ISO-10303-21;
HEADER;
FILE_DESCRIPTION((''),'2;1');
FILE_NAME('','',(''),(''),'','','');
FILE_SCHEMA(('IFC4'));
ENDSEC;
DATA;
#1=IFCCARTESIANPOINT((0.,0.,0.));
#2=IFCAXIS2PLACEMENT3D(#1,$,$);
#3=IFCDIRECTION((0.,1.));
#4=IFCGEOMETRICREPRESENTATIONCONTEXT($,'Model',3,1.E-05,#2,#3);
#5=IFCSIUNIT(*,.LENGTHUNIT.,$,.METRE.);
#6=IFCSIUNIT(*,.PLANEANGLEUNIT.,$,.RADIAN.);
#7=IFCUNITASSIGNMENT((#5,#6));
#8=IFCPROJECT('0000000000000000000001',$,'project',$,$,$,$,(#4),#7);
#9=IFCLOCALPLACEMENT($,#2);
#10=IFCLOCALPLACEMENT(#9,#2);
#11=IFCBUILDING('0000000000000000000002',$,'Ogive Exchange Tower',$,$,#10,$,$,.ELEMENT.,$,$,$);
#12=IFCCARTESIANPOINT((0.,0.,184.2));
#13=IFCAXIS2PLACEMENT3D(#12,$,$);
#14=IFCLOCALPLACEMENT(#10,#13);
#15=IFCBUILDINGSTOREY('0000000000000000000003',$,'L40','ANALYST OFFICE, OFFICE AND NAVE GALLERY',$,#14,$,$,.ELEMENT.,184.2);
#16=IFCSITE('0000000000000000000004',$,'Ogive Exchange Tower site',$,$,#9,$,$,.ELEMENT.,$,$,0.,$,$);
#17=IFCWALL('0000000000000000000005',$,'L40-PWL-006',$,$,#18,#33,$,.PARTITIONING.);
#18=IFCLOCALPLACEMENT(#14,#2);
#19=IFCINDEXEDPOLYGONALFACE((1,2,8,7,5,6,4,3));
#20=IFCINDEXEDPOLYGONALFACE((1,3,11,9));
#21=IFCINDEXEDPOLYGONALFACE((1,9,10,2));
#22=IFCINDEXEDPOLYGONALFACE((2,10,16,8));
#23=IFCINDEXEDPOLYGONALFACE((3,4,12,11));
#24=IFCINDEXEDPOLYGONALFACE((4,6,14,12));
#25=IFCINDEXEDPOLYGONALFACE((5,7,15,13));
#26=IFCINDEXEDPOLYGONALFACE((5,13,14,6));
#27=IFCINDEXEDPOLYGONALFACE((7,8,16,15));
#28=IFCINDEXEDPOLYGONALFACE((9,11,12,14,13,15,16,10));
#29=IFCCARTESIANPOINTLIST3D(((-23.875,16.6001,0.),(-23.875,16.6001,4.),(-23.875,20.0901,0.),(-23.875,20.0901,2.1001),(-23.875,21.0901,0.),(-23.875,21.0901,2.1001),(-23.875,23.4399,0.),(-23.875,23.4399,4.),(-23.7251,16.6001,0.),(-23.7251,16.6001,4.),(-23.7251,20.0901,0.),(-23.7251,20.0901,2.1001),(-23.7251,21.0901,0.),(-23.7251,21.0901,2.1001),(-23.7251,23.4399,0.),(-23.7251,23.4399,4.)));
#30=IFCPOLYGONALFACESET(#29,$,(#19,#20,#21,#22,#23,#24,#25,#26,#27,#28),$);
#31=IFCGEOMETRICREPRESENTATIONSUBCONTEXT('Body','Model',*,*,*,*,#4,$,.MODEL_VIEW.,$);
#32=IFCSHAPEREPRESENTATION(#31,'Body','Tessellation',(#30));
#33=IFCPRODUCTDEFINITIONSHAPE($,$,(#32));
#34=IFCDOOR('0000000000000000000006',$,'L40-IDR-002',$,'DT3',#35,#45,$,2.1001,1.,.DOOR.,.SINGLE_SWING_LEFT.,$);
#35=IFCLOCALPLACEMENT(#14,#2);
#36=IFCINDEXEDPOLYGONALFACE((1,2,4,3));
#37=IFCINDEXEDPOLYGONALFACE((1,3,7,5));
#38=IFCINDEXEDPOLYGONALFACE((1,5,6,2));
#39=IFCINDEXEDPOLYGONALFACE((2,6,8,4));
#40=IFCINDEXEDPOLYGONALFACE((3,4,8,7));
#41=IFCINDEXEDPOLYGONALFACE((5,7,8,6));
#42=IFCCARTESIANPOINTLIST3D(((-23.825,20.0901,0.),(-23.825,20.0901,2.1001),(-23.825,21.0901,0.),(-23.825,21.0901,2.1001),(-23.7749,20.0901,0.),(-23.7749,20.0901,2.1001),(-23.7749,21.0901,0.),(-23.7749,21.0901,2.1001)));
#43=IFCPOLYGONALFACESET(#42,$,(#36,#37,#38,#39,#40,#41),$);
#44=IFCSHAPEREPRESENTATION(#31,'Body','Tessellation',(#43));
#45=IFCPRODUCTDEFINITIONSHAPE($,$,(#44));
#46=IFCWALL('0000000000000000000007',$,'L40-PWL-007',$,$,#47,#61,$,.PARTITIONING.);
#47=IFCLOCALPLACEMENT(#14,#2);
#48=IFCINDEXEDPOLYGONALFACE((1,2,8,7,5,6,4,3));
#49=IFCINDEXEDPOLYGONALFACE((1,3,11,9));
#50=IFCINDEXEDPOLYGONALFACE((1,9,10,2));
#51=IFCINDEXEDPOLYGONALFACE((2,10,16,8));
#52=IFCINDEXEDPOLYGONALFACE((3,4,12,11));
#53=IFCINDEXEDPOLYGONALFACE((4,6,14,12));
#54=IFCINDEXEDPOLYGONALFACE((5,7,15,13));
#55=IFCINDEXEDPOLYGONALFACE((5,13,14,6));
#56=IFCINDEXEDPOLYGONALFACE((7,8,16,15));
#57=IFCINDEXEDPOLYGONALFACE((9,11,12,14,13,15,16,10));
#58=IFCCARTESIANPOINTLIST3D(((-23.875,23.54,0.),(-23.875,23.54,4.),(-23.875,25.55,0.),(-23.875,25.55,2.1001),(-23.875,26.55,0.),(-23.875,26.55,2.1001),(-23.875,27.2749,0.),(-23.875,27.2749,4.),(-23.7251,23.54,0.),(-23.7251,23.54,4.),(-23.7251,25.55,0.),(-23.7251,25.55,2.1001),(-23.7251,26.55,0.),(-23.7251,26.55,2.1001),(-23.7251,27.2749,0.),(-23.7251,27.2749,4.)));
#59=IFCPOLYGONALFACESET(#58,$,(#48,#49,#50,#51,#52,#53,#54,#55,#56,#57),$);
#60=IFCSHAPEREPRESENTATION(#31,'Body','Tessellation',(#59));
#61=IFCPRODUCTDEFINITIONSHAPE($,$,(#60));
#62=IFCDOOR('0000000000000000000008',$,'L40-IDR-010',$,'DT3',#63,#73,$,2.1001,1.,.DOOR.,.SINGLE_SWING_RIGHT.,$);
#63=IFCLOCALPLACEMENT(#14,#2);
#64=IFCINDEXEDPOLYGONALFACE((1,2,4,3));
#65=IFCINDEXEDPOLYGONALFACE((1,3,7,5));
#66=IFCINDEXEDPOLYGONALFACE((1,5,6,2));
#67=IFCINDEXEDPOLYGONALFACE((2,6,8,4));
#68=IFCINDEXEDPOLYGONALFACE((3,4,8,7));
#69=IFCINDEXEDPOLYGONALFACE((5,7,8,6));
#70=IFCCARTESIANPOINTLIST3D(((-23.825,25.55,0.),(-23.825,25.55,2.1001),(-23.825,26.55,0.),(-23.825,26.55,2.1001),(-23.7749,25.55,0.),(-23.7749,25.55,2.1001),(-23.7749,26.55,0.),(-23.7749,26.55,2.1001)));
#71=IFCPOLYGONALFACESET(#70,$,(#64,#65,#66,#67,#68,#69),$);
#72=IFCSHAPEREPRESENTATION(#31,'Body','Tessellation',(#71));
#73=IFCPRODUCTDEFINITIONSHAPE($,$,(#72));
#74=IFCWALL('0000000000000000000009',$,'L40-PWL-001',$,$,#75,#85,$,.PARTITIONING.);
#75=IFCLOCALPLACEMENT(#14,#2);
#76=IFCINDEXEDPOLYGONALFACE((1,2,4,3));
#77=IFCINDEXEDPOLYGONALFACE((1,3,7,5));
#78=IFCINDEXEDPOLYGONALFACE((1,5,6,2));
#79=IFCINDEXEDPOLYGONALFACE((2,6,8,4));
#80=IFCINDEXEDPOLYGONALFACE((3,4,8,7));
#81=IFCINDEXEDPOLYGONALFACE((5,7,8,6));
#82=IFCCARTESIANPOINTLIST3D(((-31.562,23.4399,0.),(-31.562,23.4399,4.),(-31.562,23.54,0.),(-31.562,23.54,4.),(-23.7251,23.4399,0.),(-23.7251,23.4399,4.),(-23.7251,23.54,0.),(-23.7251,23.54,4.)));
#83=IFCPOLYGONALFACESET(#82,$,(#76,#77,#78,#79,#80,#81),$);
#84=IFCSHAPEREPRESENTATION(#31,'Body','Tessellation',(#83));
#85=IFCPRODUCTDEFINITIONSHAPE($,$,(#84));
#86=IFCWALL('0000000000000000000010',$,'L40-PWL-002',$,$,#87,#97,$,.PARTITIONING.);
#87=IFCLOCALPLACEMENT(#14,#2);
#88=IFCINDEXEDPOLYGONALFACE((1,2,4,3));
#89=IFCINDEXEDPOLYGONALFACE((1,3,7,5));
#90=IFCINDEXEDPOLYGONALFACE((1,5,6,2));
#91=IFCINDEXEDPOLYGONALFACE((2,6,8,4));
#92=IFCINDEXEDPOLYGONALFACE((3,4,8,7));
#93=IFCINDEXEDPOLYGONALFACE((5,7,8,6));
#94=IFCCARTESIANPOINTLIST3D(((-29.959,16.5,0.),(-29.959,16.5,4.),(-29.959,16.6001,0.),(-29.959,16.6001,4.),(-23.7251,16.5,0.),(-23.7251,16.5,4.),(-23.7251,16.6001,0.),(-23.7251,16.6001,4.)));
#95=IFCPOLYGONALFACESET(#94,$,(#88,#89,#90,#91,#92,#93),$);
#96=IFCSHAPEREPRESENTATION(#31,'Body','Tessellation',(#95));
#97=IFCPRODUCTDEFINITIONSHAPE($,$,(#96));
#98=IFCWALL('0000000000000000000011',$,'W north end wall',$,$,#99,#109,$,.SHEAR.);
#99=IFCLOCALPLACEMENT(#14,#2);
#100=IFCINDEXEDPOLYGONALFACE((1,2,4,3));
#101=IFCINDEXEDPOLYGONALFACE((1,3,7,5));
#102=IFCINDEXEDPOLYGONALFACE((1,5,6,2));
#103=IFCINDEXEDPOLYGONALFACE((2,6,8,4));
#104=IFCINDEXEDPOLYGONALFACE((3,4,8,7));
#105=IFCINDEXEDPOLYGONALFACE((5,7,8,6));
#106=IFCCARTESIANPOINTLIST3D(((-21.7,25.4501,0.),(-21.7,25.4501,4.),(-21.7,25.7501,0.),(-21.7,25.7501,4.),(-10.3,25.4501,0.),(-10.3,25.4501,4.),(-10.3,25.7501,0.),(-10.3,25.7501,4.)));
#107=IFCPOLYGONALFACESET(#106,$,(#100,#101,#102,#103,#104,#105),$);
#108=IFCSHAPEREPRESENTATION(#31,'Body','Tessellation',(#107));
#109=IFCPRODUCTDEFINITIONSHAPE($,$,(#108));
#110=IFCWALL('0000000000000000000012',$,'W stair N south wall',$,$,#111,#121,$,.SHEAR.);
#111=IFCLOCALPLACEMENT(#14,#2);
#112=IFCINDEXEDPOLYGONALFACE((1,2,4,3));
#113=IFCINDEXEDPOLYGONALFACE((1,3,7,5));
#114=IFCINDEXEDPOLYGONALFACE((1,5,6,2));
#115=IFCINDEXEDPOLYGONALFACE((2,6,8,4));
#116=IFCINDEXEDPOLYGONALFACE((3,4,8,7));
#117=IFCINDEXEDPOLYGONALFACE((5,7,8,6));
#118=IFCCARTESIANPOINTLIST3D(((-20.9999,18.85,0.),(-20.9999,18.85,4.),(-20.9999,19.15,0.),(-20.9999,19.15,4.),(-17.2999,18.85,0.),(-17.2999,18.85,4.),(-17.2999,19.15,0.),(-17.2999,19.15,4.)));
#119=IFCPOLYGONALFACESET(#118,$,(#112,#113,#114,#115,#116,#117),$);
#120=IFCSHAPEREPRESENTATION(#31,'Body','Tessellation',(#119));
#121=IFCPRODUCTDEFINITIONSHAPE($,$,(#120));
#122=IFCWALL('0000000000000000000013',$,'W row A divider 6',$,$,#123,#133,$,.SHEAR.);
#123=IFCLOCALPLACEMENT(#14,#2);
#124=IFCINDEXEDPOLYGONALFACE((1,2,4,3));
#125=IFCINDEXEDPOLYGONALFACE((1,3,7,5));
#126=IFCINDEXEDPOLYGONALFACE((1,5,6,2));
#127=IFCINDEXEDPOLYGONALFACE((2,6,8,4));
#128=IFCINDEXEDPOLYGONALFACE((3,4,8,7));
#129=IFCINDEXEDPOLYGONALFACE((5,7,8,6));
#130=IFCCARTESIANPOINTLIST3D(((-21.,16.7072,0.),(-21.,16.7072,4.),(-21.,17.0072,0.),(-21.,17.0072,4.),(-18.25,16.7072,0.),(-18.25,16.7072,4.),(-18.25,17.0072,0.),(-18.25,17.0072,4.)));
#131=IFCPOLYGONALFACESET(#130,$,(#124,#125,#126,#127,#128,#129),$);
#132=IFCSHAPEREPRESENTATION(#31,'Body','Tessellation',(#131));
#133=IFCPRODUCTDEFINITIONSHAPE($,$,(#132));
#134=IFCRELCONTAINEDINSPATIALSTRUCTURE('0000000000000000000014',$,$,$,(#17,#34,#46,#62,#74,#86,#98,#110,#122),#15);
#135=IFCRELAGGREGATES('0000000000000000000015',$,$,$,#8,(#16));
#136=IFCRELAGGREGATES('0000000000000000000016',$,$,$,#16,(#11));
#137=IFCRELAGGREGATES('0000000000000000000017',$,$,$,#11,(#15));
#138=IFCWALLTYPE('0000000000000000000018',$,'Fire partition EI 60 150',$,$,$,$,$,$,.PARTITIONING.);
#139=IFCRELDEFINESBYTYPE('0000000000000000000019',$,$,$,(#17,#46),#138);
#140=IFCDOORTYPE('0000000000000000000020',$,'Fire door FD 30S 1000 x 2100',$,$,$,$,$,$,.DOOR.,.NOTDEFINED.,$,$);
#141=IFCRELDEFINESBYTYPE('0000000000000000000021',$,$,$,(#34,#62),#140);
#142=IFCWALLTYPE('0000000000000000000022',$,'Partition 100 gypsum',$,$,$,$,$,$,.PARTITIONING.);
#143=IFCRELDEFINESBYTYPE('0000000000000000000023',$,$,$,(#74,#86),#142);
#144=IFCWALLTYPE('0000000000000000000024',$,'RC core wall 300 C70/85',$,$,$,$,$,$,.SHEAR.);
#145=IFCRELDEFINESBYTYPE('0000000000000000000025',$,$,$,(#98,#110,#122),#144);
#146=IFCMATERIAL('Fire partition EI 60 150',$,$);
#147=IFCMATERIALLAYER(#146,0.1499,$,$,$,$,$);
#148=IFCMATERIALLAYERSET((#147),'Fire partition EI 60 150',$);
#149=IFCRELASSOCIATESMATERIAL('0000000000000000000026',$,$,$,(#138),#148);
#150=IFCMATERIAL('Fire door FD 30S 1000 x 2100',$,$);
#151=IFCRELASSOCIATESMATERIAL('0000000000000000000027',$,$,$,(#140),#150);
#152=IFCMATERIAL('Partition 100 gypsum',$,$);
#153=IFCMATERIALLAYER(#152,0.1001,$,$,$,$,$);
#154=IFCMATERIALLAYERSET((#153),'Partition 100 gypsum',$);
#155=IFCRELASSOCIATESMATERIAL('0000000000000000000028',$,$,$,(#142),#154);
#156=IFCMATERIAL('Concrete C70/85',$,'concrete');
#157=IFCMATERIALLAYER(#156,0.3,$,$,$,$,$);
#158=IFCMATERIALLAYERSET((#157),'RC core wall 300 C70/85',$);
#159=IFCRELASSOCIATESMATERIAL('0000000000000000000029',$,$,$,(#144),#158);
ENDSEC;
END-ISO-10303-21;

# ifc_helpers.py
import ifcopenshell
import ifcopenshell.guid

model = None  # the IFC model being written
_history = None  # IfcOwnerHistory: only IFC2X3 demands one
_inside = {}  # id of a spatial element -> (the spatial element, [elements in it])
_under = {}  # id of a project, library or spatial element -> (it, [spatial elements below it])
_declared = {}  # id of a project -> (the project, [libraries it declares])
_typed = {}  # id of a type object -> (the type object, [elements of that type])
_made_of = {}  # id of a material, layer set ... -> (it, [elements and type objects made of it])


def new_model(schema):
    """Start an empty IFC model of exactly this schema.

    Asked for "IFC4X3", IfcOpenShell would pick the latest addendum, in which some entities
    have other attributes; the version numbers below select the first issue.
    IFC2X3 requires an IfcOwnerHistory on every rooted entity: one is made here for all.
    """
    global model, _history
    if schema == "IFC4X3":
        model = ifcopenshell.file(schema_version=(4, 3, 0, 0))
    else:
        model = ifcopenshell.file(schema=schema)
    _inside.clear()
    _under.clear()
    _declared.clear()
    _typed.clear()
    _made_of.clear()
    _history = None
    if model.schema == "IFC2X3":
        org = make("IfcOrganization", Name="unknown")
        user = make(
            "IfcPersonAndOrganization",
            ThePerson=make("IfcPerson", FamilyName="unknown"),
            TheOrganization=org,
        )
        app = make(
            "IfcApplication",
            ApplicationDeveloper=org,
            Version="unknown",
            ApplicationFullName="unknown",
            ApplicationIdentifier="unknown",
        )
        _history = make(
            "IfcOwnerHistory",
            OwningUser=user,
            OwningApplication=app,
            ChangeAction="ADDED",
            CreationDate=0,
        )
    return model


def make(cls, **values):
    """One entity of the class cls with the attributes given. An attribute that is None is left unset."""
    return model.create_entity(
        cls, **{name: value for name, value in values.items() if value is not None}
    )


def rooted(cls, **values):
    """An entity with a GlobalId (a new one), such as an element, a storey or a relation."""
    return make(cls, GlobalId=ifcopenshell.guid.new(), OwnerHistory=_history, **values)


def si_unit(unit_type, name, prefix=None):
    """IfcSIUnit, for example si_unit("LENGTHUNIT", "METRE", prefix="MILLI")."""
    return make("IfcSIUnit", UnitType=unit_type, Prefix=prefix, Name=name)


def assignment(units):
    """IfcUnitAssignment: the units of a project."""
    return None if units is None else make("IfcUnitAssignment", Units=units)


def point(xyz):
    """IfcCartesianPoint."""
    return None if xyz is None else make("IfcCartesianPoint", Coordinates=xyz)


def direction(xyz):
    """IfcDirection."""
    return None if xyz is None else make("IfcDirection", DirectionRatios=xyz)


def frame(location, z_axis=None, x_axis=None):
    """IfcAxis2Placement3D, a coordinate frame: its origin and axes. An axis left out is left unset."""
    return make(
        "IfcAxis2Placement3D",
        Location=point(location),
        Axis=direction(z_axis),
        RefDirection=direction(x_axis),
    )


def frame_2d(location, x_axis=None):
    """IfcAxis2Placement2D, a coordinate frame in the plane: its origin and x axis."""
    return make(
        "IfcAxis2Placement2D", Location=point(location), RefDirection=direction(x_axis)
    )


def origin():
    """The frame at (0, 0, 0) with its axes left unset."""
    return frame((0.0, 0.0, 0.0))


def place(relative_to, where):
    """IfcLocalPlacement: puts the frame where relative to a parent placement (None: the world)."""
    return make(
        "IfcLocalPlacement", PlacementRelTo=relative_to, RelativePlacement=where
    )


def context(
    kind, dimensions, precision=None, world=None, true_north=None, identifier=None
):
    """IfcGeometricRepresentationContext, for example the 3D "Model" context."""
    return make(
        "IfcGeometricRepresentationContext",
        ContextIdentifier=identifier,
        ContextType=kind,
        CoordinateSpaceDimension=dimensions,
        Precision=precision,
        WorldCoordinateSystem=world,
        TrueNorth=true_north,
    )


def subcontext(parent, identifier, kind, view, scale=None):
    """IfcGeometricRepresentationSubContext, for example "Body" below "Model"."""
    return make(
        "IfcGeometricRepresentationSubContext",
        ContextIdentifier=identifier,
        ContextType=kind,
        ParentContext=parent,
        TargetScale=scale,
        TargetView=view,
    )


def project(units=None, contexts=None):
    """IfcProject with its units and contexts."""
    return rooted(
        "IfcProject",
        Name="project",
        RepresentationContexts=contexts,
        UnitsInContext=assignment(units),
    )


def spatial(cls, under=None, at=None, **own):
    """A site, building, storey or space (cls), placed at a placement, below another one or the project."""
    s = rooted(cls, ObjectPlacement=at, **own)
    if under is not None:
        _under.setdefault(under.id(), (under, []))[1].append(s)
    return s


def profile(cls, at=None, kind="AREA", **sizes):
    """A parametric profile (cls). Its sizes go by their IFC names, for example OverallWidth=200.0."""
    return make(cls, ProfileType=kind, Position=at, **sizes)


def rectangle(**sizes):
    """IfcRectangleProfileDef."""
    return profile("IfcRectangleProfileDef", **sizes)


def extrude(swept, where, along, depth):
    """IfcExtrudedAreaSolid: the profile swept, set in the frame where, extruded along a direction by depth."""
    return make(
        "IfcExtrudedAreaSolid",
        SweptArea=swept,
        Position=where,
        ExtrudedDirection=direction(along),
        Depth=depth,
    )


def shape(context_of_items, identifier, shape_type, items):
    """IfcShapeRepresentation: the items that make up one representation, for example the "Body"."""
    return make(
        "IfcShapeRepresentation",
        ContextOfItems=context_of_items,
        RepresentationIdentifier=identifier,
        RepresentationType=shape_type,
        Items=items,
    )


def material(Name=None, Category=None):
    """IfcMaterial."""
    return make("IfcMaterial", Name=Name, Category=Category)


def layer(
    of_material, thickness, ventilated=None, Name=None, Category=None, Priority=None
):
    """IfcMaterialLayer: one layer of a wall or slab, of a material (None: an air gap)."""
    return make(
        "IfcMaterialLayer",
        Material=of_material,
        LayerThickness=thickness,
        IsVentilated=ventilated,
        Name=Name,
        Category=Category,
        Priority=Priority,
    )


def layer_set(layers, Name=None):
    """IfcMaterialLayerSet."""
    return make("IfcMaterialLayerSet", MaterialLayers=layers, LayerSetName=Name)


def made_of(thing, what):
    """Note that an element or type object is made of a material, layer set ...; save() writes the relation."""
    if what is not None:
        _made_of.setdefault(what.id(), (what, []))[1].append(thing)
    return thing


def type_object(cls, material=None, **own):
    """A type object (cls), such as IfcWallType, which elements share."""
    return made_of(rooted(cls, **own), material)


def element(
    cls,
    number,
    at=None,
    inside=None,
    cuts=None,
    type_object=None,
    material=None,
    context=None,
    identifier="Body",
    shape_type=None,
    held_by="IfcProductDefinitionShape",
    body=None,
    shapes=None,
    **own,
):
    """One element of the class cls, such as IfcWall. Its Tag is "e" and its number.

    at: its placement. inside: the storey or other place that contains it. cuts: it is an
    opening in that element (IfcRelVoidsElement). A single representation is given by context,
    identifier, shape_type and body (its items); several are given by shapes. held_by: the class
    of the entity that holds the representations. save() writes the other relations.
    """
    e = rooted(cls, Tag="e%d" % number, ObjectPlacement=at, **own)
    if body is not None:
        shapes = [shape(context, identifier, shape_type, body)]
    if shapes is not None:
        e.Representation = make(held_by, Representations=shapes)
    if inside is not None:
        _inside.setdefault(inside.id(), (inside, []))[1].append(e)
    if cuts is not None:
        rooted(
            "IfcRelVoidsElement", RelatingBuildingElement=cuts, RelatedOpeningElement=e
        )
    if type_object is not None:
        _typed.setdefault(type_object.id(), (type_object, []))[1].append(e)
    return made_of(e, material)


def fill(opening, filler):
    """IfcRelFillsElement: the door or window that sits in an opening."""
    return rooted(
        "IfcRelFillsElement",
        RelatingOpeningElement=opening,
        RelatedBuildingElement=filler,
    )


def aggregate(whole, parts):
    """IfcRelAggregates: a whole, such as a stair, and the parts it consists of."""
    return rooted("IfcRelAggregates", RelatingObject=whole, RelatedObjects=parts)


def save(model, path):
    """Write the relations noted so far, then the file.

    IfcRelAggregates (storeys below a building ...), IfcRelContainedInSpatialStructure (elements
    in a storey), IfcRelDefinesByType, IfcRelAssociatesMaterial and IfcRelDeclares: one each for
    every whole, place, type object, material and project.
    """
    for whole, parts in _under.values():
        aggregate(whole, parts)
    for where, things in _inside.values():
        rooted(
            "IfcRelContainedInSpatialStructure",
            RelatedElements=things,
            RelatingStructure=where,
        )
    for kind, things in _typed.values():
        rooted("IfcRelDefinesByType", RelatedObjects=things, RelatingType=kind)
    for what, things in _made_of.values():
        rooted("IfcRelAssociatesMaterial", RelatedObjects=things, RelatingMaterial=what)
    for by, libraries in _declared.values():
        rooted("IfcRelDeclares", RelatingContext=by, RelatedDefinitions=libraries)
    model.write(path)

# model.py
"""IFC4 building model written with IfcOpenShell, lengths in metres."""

from ifc_helpers import new_model, si_unit, direction, frame, frame_2d, origin, place, context, subcontext, project, spatial, rectangle, extrude, material, layer, layer_set, type_object, element, fill, save


model = new_model("IFC4")

# Units and contexts
model_context = context("Model", 3, precision=1e-05, world=origin(), true_north=direction((0.0, 1.0)))
body_context = subcontext(model_context, "Body", "Model", "MODEL_VIEW")
ifc_project = project(units=[si_unit("LENGTHUNIT", "METRE"), si_unit("PLANEANGLEUNIT", "RADIAN")], contexts=[model_context])

# Site, building, storey
site_placement = place(None, origin())
site = spatial("IfcSite", under=ifc_project, at=site_placement, Name="Ogive Exchange Tower site", CompositionType="ELEMENT", RefElevation=0.0)
building_placement = place(site_placement, origin())
building = spatial("IfcBuilding", under=site, at=building_placement, Name="Ogive Exchange Tower", CompositionType="ELEMENT")
storey_placement = place(building_placement, frame((0.0, 0.0, 184.2)))
storey = spatial("IfcBuildingStorey", under=building, at=storey_placement, Name="L40", Description="ANALYST OFFICE, OFFICE AND NAVE GALLERY", CompositionType="ELEMENT", Elevation=184.2)

# Walls, openings, doors
ifc_material_1 = material(Name="Fire partition EI 60 150")
ifc_layer_1 = layer(ifc_material_1, 0.1499)
ifc_layer_set_1 = layer_set([ifc_layer_1], Name="Fire partition EI 60 150")
wall_type_1 = type_object("IfcWallType", Name="Fire partition EI 60 150", PredefinedType="PARTITIONING", material=ifc_layer_set_1)
wall_1_placement = place(storey_placement, frame((-23.8, 16.6001, 0.0), z_axis=(0.0, 0.0, 1.0), x_axis=(0.0, 1.0, 0.0)))
wall_1 = element("IfcWall", 1, at=wall_1_placement, inside=storey, type_object=wall_type_1, Name="L40-PWL-006", PredefinedType="PARTITIONING", context=body_context, shape_type="SweptSolid", body=[
    extrude(rectangle(XDim=6.8398, YDim=0.1499, at=frame_2d((3.4199, 0.0))), origin(), (0.0, 0.0, 1.0), 4.0),
])
opening_1_placement = place(wall_1_placement, frame((3.49, 0.0, 0.0)))
opening_1 = element("IfcOpeningElement", 2, at=opening_1_placement, cuts=wall_1, PredefinedType="OPENING", context=body_context, shape_type="SweptSolid", body=[
    extrude(rectangle(XDim=1.0, YDim=2.1001, at=frame_2d((0.5, 1.05))), frame((0.0, 0.085, 0.0), z_axis=(0.0, -1.0, 0.0), x_axis=(1.0, 0.0, 0.0)), (0.0, 0.0, 1.0), 0.1699),
])
ifc_material_2 = material(Name="Fire door FD 30S 1000 x 2100")
door_type = type_object("IfcDoorType", Name="Fire door FD 30S 1000 x 2100", OperationType="NOTDEFINED", PredefinedType="DOOR", material=ifc_material_2)
door_1_placement = place(opening_1_placement, origin())
door_1 = element("IfcDoor", 3, at=door_1_placement, inside=storey, type_object=door_type, Name="L40-IDR-002", ObjectType="DT3", OperationType="SINGLE_SWING_LEFT", OverallHeight=2.1001, OverallWidth=1.0, PredefinedType="DOOR", context=body_context, shape_type="SweptSolid", body=[
    extrude(rectangle(XDim=1.0, YDim=2.1001, at=frame_2d((0.5, 1.05))), frame((0.0, 0.0249, 0.0), z_axis=(0.0, -1.0, 0.0), x_axis=(1.0, 0.0, 0.0)), (0.0, 0.0, 1.0), 0.05),
])
fill(opening_1, door_1)
wall_2_placement = place(storey_placement, frame((-23.8, 23.54, 0.0), z_axis=(0.0, 0.0, 1.0), x_axis=(0.0, 1.0, 0.0)))
wall_2 = element("IfcWall", 4, at=wall_2_placement, inside=storey, type_object=wall_type_1, Name="L40-PWL-007", PredefinedType="PARTITIONING", context=body_context, shape_type="SweptSolid", body=[
    extrude(rectangle(XDim=3.7349, YDim=0.1499, at=frame_2d((1.8674, 0.0))), origin(), (0.0, 0.0, 1.0), 4.0),
])
opening_2_placement = place(wall_2_placement, frame((2.01, 0.0, 0.0)))
opening_2 = element("IfcOpeningElement", 5, at=opening_2_placement, cuts=wall_2, PredefinedType="OPENING", context=body_context, shape_type="SweptSolid", body=[
    extrude(rectangle(XDim=1.0, YDim=2.1001, at=frame_2d((0.5, 1.05))), frame((0.0, 0.085, 0.0), z_axis=(0.0, -1.0, 0.0), x_axis=(1.0, 0.0, 0.0)), (0.0, 0.0, 1.0), 0.1699),
])
door_2_placement = place(opening_2_placement, origin())
door_2 = element("IfcDoor", 6, at=door_2_placement, inside=storey, type_object=door_type, Name="L40-IDR-010", ObjectType="DT3", OperationType="SINGLE_SWING_RIGHT", OverallHeight=2.1001, OverallWidth=1.0, PredefinedType="DOOR", context=body_context, shape_type="SweptSolid", body=[
    extrude(rectangle(XDim=1.0, YDim=2.1001, at=frame_2d((0.5, 1.05))), frame((0.0, 0.0249, 0.0), z_axis=(0.0, -1.0, 0.0), x_axis=(1.0, 0.0, 0.0)), (0.0, 0.0, 1.0), 0.05),
])
fill(opening_2, door_2)

# Walls
ifc_material_3 = material(Name="Partition 100 gypsum")
ifc_layer_2 = layer(ifc_material_3, 0.1001)
ifc_layer_set_2 = layer_set([ifc_layer_2], Name="Partition 100 gypsum")
wall_type_2 = type_object("IfcWallType", Name="Partition 100 gypsum", PredefinedType="PARTITIONING", material=ifc_layer_set_2)
wall_3_placement = place(storey_placement, frame((-31.562, 23.49, 0.0), z_axis=(0.0, 0.0, 1.0), x_axis=(1.0, 0.0, 0.0)))
element("IfcWall", 7, at=wall_3_placement, inside=storey, type_object=wall_type_2, Name="L40-PWL-001", PredefinedType="PARTITIONING", context=body_context, shape_type="SweptSolid", body=[
    extrude(rectangle(XDim=7.8369, YDim=0.1001, at=frame_2d((3.9185, 0.0))), origin(), (0.0, 0.0, 1.0), 4.0),
])
wall_4_placement = place(storey_placement, frame((-29.959, 16.55, 0.0), z_axis=(0.0, 0.0, 1.0), x_axis=(1.0, 0.0, 0.0)))
element("IfcWall", 8, at=wall_4_placement, inside=storey, type_object=wall_type_2, Name="L40-PWL-002", PredefinedType="PARTITIONING", context=body_context, shape_type="SweptSolid", body=[
    extrude(rectangle(XDim=6.2339, YDim=0.1001, at=frame_2d((3.1169, 0.0))), origin(), (0.0, 0.0, 1.0), 4.0),
])
ifc_material_4 = material(Name="Concrete C70/85", Category="concrete")
ifc_layer_3 = layer(ifc_material_4, 0.3)
ifc_layer_set_3 = layer_set([ifc_layer_3], Name="RC core wall 300 C70/85")
wall_type_3 = type_object("IfcWallType", Name="RC core wall 300 C70/85", PredefinedType="SHEAR", material=ifc_layer_set_3)
wall_5_placement = place(storey_placement, frame((-21.7, 25.6001, 0.0), z_axis=(0.0, 0.0, 1.0), x_axis=(1.0, 0.0, 0.0)))
element("IfcWall", 9, at=wall_5_placement, inside=storey, type_object=wall_type_3, Name="W north end wall", PredefinedType="SHEAR", context=body_context, shape_type="SweptSolid", body=[
    extrude(rectangle(XDim=11.3999, YDim=0.3, at=frame_2d((5.7, 0.0))), origin(), (0.0, 0.0, 1.0), 4.0),
])
wall_6_placement = place(storey_placement, frame((-21.0, 19.0, 0.0), z_axis=(0.0, 0.0, 1.0), x_axis=(1.0, 0.0, 0.0)))
element("IfcWall", 10, at=wall_6_placement, inside=storey, type_object=wall_type_3, Name="W stair N south wall", PredefinedType="SHEAR", context=body_context, shape_type="SweptSolid", body=[
    extrude(rectangle(XDim=3.7, YDim=0.3, at=frame_2d((1.8501, 0.0))), origin(), (0.0, 0.0, 1.0), 4.0),
])
wall_7_placement = place(storey_placement, frame((-21.0, 16.8572, 0.0), z_axis=(0.0, 0.0, 1.0), x_axis=(1.0, 0.0, 0.0)))
element("IfcWall", 11, at=wall_7_placement, inside=storey, type_object=wall_type_3, Name="W row A divider 6", PredefinedType="SHEAR", context=body_context, shape_type="SweptSolid", body=[
    extrude(rectangle(XDim=2.75, YDim=0.3, at=frame_2d((1.375, 0.0))), origin(), (0.0, 0.0, 1.0), 4.0),
])

save(model, "model.ifc")
